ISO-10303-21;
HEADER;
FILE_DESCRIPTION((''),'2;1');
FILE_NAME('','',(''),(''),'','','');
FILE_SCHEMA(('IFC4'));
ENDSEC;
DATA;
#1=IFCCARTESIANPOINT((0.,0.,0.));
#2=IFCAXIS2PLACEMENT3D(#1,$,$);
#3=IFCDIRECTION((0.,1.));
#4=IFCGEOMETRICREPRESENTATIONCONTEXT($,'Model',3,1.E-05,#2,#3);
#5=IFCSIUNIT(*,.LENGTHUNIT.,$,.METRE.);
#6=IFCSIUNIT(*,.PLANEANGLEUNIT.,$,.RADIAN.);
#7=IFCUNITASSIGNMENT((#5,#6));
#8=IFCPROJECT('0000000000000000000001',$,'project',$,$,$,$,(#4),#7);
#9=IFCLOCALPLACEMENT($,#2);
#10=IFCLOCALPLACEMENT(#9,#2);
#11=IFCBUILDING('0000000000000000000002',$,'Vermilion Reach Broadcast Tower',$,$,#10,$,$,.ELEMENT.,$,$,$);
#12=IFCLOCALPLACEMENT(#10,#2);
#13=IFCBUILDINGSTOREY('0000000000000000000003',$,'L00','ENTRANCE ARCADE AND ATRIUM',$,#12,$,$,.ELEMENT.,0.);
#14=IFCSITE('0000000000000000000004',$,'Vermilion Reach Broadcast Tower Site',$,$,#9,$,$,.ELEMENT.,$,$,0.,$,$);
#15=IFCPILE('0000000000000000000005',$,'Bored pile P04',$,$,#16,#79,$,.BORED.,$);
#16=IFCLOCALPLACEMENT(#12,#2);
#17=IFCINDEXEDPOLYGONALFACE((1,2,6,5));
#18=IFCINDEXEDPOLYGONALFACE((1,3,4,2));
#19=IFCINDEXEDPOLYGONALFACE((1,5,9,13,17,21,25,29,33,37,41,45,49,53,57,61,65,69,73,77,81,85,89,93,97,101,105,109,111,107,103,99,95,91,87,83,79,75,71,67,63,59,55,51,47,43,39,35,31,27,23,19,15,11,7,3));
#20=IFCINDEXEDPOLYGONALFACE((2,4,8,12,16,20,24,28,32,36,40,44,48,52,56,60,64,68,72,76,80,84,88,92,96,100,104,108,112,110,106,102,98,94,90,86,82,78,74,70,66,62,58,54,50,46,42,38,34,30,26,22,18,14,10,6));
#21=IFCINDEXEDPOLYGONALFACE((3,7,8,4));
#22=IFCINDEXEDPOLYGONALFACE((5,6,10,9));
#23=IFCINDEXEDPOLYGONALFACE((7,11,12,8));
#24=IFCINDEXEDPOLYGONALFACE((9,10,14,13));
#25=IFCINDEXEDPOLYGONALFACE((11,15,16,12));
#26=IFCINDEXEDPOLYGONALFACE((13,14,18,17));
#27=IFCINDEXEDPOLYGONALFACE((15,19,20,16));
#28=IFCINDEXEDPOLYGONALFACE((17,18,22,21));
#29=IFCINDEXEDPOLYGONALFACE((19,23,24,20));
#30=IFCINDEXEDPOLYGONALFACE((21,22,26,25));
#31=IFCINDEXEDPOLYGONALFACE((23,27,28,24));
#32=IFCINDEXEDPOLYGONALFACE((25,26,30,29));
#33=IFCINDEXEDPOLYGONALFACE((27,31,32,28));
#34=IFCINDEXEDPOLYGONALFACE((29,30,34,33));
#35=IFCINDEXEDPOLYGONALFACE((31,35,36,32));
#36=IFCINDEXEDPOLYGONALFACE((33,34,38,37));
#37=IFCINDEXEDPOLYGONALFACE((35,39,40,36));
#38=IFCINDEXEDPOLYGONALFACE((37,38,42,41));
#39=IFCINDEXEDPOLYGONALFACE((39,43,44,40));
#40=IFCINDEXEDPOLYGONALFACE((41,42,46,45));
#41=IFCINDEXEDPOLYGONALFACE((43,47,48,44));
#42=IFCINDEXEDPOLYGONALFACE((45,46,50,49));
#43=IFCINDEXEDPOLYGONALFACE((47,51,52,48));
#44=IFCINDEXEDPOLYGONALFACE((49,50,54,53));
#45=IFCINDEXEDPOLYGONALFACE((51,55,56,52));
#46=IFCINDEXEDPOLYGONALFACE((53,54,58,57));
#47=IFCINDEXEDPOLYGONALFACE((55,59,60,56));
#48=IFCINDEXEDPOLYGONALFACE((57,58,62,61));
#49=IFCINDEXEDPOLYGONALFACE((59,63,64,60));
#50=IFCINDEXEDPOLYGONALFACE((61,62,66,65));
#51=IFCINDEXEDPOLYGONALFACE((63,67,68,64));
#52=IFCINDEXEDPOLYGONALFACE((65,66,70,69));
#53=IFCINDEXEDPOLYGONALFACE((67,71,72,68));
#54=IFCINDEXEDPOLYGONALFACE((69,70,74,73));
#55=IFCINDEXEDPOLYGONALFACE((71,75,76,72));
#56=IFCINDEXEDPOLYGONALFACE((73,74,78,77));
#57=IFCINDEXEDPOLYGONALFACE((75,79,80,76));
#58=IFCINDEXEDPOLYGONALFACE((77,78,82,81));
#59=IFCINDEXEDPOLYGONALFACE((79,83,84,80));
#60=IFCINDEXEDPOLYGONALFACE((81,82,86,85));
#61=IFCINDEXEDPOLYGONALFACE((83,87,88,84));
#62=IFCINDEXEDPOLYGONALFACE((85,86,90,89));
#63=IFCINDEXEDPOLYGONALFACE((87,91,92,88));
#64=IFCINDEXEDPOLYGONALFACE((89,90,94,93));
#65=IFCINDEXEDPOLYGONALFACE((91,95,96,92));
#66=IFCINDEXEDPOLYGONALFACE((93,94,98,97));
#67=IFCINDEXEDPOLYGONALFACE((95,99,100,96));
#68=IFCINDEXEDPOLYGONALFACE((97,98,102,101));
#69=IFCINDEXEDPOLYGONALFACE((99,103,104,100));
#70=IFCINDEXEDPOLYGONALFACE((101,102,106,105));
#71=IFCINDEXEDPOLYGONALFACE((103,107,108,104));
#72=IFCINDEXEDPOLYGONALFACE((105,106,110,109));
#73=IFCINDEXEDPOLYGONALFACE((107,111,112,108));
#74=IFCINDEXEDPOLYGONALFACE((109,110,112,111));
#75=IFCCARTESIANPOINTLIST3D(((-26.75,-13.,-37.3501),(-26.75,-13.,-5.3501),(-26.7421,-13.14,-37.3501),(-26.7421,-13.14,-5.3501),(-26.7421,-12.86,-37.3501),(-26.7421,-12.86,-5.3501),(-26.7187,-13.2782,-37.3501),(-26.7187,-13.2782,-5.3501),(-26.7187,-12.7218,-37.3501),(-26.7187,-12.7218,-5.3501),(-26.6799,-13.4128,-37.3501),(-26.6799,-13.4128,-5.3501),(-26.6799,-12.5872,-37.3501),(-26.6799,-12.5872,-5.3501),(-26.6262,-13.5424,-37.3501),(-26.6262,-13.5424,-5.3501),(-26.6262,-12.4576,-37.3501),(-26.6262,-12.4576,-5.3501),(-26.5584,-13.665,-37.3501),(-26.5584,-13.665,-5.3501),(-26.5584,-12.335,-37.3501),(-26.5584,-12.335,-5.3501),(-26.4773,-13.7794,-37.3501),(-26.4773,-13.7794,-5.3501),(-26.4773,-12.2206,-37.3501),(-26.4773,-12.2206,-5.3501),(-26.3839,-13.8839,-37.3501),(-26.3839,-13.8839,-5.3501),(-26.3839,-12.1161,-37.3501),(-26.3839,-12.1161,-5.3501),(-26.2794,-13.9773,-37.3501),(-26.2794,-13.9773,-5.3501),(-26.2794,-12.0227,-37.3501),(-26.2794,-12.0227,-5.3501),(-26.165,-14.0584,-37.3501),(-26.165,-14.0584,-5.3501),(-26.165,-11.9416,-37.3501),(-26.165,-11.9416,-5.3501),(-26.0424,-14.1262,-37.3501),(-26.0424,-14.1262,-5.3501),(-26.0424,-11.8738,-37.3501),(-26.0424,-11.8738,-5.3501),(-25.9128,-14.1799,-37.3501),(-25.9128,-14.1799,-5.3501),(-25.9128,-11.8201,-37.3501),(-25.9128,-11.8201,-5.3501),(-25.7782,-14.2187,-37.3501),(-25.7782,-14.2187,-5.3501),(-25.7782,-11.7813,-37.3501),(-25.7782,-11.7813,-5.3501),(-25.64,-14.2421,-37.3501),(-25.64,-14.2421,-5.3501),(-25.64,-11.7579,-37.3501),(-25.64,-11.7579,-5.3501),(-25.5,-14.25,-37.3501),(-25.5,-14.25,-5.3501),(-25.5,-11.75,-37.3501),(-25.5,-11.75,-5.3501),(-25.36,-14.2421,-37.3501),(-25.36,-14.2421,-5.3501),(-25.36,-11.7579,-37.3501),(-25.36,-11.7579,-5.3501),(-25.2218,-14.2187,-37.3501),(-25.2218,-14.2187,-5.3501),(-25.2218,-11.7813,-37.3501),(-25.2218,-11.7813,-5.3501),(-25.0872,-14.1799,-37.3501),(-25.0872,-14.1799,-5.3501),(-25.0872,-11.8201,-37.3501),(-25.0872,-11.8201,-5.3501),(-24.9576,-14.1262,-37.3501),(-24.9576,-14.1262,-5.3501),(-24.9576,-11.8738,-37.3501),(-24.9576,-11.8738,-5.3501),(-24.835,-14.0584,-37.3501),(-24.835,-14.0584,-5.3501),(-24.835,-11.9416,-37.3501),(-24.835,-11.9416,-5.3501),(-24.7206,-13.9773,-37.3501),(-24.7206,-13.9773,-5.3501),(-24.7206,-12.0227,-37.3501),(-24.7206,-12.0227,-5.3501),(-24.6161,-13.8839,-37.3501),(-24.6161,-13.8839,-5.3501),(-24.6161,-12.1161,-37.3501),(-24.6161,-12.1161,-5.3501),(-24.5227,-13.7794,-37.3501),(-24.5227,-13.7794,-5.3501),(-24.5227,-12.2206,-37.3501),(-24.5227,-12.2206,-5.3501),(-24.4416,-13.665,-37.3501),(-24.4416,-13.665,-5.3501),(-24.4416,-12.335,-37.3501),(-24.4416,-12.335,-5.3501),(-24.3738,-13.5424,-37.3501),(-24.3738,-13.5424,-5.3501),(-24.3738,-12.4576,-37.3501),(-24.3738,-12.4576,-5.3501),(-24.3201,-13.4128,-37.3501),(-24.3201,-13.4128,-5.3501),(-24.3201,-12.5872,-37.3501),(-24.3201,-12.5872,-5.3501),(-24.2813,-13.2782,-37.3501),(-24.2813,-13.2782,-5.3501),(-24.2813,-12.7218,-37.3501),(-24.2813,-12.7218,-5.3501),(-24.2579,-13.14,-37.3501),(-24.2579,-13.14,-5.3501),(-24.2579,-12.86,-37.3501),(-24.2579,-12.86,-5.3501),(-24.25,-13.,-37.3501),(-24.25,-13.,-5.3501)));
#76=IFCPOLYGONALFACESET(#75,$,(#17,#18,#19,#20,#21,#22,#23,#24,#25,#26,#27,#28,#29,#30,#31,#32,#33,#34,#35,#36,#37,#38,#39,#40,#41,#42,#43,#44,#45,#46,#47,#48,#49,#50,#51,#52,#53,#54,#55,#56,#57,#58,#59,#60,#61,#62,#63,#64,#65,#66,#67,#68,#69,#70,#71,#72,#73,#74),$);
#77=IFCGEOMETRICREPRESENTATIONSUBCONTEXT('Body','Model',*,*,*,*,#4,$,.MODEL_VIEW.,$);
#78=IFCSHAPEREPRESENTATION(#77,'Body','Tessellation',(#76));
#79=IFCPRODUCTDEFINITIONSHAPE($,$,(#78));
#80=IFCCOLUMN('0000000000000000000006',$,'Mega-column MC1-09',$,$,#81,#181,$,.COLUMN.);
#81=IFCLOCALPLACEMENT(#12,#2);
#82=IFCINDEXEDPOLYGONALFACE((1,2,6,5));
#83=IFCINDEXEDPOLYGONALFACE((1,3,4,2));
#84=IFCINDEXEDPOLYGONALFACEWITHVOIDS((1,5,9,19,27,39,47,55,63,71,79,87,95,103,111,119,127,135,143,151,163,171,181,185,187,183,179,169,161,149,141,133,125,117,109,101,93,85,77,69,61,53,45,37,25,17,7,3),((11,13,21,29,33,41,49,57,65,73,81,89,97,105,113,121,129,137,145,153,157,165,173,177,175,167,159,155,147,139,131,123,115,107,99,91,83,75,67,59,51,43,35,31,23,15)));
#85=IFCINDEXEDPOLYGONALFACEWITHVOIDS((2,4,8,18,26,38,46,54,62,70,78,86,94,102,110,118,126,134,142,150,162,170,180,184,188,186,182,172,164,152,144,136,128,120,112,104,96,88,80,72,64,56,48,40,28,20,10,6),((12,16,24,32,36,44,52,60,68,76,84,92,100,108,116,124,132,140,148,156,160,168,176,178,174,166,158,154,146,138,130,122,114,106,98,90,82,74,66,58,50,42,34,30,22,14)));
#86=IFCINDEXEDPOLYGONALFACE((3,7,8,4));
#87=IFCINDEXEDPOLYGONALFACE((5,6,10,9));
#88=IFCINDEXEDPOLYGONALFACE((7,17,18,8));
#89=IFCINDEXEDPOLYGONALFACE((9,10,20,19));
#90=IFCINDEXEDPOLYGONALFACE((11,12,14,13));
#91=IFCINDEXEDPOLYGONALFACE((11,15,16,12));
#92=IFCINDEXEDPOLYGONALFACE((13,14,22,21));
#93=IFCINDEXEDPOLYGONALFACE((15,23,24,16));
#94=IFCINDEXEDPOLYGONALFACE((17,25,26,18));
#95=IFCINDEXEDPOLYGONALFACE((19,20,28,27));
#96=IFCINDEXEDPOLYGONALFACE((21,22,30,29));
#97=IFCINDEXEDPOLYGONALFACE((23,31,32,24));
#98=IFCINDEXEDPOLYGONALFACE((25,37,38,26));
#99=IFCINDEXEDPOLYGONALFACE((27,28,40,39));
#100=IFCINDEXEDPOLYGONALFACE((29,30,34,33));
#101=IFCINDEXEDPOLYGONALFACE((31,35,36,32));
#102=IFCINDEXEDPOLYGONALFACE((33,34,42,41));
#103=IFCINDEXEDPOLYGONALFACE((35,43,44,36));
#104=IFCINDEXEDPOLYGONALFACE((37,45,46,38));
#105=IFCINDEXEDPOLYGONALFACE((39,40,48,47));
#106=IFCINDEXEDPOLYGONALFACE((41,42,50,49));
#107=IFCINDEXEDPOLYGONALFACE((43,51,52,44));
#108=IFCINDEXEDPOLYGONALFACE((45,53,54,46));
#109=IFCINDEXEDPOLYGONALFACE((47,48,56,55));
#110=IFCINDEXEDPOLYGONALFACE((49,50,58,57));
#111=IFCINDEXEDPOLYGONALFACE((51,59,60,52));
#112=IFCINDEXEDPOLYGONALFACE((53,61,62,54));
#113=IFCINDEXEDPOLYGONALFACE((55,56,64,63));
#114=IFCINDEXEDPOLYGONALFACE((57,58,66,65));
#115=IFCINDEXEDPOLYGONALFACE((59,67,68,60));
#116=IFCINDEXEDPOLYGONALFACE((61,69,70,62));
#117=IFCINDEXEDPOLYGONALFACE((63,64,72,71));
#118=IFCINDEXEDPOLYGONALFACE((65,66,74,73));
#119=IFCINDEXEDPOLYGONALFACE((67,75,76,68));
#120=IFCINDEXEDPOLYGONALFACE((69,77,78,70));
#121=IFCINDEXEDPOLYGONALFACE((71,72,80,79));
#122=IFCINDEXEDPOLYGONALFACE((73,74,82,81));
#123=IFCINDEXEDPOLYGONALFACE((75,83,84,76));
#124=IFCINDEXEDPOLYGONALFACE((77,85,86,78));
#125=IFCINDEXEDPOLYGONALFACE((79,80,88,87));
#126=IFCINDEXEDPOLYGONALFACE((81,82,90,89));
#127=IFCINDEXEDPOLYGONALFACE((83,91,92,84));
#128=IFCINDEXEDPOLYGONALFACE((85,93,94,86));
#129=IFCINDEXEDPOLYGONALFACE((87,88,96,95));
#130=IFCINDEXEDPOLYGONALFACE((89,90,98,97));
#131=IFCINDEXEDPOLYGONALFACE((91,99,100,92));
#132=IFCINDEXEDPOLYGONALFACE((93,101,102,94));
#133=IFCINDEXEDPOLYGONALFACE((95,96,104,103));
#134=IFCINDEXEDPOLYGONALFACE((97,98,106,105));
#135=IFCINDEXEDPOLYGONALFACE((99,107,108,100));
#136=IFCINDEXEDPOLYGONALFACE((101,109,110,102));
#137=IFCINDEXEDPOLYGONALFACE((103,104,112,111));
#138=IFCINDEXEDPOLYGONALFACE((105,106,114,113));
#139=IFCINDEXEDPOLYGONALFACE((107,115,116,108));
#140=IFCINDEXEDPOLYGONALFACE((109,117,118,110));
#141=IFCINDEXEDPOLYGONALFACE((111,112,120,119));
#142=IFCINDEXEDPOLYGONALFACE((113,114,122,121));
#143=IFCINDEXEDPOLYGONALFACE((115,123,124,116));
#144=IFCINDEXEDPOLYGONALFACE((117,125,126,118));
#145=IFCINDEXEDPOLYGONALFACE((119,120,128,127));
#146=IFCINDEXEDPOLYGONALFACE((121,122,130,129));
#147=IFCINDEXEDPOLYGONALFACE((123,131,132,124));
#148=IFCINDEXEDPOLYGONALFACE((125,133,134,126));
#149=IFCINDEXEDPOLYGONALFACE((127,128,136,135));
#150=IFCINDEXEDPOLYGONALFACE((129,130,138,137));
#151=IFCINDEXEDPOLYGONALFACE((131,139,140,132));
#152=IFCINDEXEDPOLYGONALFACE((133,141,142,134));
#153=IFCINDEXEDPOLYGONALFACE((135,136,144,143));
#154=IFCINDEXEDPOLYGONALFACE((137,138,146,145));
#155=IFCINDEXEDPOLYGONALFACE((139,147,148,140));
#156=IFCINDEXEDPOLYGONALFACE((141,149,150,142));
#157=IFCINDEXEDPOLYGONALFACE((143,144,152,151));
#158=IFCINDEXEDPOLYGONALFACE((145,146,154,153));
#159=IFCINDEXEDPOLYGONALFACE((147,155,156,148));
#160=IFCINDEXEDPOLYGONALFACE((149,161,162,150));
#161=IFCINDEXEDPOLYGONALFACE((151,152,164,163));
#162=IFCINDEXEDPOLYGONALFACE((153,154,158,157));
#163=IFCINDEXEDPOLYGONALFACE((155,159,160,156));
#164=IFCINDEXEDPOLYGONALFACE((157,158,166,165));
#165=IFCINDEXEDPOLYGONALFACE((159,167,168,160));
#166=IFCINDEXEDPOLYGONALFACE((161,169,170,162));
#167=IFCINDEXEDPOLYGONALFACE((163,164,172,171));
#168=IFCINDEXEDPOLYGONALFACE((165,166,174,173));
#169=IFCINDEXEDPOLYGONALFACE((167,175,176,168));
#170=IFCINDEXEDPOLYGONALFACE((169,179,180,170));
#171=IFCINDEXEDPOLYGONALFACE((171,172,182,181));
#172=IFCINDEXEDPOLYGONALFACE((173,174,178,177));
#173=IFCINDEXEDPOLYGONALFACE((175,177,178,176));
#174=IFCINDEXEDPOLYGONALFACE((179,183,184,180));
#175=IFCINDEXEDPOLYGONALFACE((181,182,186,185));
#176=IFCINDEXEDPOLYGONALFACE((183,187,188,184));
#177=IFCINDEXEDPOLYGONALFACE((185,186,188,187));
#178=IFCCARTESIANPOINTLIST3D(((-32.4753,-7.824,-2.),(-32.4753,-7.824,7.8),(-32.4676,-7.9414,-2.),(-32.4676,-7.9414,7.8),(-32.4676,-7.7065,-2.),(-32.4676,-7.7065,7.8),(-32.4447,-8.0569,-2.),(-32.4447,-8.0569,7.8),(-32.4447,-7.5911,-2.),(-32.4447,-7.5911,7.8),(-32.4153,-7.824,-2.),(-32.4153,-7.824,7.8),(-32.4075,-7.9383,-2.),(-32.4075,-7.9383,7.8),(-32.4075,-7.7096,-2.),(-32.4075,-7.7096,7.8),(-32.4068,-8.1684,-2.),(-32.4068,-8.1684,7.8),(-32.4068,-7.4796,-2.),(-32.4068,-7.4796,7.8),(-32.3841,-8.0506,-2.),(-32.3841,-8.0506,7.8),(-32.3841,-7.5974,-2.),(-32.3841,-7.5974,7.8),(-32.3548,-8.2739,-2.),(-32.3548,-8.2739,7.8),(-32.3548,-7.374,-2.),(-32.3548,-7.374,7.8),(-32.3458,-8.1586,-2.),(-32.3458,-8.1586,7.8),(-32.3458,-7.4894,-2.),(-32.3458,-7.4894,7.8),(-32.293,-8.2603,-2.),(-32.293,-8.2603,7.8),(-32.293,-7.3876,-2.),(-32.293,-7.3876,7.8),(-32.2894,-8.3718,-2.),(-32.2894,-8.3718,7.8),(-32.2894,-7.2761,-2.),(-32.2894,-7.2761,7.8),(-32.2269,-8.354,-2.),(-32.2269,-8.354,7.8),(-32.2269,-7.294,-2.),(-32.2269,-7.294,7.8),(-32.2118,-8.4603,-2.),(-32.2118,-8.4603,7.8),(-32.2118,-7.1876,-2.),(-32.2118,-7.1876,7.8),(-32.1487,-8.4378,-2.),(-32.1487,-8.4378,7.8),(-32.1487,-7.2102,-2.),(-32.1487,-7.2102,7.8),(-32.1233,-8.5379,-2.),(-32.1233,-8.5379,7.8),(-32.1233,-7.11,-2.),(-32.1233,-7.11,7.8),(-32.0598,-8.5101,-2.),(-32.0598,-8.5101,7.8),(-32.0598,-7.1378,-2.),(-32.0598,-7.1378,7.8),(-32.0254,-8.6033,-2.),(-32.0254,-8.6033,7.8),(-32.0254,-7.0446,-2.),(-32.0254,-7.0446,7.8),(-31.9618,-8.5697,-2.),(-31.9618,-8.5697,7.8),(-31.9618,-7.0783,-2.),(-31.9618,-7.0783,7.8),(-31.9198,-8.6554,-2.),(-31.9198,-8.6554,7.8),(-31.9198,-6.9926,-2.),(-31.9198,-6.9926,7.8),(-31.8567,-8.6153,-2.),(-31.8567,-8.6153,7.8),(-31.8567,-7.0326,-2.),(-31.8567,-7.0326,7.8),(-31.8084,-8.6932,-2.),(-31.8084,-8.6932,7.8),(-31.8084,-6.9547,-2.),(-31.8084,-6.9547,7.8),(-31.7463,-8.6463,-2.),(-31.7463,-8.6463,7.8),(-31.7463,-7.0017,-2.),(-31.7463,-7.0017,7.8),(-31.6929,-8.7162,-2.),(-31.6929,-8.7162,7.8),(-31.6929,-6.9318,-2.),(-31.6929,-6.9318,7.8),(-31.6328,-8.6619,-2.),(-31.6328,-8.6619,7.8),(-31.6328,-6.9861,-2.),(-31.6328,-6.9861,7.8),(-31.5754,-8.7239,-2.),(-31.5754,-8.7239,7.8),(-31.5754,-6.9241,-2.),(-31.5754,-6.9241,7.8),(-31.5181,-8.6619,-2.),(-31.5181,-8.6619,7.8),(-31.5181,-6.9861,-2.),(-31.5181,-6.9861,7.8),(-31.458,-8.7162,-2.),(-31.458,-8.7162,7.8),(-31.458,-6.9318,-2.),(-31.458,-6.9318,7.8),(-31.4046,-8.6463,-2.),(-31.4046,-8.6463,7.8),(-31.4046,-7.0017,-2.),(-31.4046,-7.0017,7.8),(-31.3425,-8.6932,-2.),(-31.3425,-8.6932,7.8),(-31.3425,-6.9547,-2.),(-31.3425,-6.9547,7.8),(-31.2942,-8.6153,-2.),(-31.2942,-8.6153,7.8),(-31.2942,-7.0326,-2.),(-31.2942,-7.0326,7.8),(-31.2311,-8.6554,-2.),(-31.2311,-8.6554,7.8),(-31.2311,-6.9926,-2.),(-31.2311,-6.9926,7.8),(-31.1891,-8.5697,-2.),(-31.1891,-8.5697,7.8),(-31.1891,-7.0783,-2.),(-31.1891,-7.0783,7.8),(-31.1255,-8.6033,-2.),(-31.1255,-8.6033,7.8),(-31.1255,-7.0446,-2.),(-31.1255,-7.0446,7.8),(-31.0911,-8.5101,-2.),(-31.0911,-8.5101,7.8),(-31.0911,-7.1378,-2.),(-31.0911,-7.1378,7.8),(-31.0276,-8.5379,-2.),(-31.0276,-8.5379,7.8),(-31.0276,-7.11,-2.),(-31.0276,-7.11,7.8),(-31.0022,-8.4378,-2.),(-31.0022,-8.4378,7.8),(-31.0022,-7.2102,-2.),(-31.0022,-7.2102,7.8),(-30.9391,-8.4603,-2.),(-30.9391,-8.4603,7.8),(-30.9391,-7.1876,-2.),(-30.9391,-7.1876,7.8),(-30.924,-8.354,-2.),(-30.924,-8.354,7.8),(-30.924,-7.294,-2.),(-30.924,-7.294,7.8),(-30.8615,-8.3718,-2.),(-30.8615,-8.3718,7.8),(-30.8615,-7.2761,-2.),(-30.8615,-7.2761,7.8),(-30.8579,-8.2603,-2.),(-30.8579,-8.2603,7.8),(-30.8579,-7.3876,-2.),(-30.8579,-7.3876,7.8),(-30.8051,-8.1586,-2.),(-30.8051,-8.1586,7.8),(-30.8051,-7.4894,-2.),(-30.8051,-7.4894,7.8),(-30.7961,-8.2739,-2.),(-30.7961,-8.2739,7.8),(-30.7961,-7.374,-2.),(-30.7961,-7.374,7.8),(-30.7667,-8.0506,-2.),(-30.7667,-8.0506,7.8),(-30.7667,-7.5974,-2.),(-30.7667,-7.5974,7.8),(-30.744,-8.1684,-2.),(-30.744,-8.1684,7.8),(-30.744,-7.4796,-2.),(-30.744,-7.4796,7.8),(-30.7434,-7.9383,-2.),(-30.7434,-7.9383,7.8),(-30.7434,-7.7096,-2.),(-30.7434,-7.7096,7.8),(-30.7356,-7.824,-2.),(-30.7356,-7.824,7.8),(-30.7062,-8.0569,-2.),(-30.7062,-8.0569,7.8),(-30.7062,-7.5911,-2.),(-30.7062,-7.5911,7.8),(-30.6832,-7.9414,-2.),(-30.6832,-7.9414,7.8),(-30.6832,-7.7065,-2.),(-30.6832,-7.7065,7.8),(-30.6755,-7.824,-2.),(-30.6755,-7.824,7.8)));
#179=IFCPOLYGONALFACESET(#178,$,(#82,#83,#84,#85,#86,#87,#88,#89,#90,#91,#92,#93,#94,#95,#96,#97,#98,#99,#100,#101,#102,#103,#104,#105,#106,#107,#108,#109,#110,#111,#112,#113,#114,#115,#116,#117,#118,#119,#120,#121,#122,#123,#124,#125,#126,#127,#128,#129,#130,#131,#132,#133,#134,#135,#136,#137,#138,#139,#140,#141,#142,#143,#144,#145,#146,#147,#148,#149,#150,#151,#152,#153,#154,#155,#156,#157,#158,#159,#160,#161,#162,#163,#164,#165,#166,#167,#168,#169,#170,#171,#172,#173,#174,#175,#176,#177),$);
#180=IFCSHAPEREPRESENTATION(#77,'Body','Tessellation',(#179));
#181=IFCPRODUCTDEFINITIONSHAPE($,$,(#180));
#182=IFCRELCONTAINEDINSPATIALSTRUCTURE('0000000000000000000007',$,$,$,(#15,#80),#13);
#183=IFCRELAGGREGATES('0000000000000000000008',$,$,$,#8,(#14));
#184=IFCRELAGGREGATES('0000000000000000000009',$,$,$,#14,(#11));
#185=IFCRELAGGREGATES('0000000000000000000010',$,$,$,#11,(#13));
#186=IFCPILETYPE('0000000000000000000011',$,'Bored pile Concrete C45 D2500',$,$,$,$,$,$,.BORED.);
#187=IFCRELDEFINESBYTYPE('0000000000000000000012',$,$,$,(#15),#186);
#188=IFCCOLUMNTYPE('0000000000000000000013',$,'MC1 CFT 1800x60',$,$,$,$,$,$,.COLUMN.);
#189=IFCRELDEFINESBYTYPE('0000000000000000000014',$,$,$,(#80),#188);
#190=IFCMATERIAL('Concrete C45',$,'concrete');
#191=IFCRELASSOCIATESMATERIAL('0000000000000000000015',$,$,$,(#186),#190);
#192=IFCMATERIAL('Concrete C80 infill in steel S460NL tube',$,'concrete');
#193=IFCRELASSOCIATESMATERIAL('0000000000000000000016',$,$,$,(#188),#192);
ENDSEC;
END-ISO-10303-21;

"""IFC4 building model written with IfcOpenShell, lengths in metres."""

from ifc_helpers import new_model, si_unit, direction, frame, origin, origin_2d, place, context, subcontext, project, spatial, circle, hollow_circle, extrude, material, material_profile, profile_set, type_object, element, save


model = new_model("IFC4")

# Units and contexts
model_context = context("Model", 3, precision=1e-05, world=origin(), true_north=direction((0.0, 1.0)))
body_context = subcontext(model_context, "Body", "Model", "MODEL_VIEW")
ifc_project = project(units=[si_unit("LENGTHUNIT", "METRE"), si_unit("PLANEANGLEUNIT", "RADIAN")], contexts=[model_context])

# Site, building, storey
site_placement = place(None, origin())
site = spatial("IfcSite", under=ifc_project, at=site_placement, Name="Vermilion Reach Broadcast Tower Site", CompositionType="ELEMENT", RefElevation=0.0)
building_placement = place(site_placement, origin())
building = spatial("IfcBuilding", under=site, at=building_placement, Name="Vermilion Reach Broadcast Tower", CompositionType="ELEMENT")
storey_placement = place(building_placement, origin())
storey = spatial("IfcBuildingStorey", under=building, at=storey_placement, Name="L00", Description="ENTRANCE ARCADE AND ATRIUM", CompositionType="ELEMENT", Elevation=0.0)

# Pile
ifc_material_1 = material(Name="Concrete C45", Category="concrete")
ifc_material_profile_1 = material_profile(ifc_material_1, circle(Radius=1.25, at=origin_2d()), Name="Concrete C45 D2500")
ifc_profile_set_1 = profile_set([ifc_material_profile_1], Name="Concrete C45")
pile_type = type_object("IfcPileType", Name="Bored pile Concrete C45 D2500", PredefinedType="BORED", material=ifc_profile_set_1)
pile_placement = place(storey_placement, frame((-25.5, -13.0, -5.3501), z_axis=(0.0, 0.0, -1.0), x_axis=(1.0, 0.0, 0.0)))
element("IfcPile", 1, at=pile_placement, inside=storey, type_object=pile_type, Name="Bored pile P04", PredefinedType="BORED", context=body_context, shape_type="SweptSolid", body=[
    extrude(circle(Radius=1.25, at=origin_2d()), origin(), (0.0, 0.0, 1.0), 32.0),
])

# Column
ifc_material_2 = material(Name="Concrete C80 infill in steel S460NL tube", Category="concrete")
ifc_material_profile_2 = material_profile(ifc_material_2, hollow_circle(Radius=0.8999, WallThickness=0.0601, at=origin_2d()), Name="Concrete C80 infill in steel S460NL tube CFT 1800x60")
ifc_profile_set_2 = profile_set([ifc_material_profile_2], Name="Concrete C80 infill in steel S460NL tube")
column_type = type_object("IfcColumnType", Name="MC1 CFT 1800x60", PredefinedType="COLUMN", material=ifc_profile_set_2)
for number, where, z_axis, x_axis, name in (
    (2, (-31.5754, -7.824, -2.0), (0.0, 0.0, 1.0), (1.0, 0.0, 0.0), "Mega-column MC1-09"),
):
    element("IfcColumn", number, at=place(storey_placement, frame(where, z_axis=z_axis, x_axis=x_axis)), inside=storey, type_object=column_type, Name=name, PredefinedType="COLUMN", context=body_context, shape_type="SweptSolid", body=[
        extrude(hollow_circle(Radius=0.8999, WallThickness=0.0601, at=origin_2d()), origin(), (0.0, 0.0, 1.0), 9.8),
    ])

save(model, "model.ifc")
